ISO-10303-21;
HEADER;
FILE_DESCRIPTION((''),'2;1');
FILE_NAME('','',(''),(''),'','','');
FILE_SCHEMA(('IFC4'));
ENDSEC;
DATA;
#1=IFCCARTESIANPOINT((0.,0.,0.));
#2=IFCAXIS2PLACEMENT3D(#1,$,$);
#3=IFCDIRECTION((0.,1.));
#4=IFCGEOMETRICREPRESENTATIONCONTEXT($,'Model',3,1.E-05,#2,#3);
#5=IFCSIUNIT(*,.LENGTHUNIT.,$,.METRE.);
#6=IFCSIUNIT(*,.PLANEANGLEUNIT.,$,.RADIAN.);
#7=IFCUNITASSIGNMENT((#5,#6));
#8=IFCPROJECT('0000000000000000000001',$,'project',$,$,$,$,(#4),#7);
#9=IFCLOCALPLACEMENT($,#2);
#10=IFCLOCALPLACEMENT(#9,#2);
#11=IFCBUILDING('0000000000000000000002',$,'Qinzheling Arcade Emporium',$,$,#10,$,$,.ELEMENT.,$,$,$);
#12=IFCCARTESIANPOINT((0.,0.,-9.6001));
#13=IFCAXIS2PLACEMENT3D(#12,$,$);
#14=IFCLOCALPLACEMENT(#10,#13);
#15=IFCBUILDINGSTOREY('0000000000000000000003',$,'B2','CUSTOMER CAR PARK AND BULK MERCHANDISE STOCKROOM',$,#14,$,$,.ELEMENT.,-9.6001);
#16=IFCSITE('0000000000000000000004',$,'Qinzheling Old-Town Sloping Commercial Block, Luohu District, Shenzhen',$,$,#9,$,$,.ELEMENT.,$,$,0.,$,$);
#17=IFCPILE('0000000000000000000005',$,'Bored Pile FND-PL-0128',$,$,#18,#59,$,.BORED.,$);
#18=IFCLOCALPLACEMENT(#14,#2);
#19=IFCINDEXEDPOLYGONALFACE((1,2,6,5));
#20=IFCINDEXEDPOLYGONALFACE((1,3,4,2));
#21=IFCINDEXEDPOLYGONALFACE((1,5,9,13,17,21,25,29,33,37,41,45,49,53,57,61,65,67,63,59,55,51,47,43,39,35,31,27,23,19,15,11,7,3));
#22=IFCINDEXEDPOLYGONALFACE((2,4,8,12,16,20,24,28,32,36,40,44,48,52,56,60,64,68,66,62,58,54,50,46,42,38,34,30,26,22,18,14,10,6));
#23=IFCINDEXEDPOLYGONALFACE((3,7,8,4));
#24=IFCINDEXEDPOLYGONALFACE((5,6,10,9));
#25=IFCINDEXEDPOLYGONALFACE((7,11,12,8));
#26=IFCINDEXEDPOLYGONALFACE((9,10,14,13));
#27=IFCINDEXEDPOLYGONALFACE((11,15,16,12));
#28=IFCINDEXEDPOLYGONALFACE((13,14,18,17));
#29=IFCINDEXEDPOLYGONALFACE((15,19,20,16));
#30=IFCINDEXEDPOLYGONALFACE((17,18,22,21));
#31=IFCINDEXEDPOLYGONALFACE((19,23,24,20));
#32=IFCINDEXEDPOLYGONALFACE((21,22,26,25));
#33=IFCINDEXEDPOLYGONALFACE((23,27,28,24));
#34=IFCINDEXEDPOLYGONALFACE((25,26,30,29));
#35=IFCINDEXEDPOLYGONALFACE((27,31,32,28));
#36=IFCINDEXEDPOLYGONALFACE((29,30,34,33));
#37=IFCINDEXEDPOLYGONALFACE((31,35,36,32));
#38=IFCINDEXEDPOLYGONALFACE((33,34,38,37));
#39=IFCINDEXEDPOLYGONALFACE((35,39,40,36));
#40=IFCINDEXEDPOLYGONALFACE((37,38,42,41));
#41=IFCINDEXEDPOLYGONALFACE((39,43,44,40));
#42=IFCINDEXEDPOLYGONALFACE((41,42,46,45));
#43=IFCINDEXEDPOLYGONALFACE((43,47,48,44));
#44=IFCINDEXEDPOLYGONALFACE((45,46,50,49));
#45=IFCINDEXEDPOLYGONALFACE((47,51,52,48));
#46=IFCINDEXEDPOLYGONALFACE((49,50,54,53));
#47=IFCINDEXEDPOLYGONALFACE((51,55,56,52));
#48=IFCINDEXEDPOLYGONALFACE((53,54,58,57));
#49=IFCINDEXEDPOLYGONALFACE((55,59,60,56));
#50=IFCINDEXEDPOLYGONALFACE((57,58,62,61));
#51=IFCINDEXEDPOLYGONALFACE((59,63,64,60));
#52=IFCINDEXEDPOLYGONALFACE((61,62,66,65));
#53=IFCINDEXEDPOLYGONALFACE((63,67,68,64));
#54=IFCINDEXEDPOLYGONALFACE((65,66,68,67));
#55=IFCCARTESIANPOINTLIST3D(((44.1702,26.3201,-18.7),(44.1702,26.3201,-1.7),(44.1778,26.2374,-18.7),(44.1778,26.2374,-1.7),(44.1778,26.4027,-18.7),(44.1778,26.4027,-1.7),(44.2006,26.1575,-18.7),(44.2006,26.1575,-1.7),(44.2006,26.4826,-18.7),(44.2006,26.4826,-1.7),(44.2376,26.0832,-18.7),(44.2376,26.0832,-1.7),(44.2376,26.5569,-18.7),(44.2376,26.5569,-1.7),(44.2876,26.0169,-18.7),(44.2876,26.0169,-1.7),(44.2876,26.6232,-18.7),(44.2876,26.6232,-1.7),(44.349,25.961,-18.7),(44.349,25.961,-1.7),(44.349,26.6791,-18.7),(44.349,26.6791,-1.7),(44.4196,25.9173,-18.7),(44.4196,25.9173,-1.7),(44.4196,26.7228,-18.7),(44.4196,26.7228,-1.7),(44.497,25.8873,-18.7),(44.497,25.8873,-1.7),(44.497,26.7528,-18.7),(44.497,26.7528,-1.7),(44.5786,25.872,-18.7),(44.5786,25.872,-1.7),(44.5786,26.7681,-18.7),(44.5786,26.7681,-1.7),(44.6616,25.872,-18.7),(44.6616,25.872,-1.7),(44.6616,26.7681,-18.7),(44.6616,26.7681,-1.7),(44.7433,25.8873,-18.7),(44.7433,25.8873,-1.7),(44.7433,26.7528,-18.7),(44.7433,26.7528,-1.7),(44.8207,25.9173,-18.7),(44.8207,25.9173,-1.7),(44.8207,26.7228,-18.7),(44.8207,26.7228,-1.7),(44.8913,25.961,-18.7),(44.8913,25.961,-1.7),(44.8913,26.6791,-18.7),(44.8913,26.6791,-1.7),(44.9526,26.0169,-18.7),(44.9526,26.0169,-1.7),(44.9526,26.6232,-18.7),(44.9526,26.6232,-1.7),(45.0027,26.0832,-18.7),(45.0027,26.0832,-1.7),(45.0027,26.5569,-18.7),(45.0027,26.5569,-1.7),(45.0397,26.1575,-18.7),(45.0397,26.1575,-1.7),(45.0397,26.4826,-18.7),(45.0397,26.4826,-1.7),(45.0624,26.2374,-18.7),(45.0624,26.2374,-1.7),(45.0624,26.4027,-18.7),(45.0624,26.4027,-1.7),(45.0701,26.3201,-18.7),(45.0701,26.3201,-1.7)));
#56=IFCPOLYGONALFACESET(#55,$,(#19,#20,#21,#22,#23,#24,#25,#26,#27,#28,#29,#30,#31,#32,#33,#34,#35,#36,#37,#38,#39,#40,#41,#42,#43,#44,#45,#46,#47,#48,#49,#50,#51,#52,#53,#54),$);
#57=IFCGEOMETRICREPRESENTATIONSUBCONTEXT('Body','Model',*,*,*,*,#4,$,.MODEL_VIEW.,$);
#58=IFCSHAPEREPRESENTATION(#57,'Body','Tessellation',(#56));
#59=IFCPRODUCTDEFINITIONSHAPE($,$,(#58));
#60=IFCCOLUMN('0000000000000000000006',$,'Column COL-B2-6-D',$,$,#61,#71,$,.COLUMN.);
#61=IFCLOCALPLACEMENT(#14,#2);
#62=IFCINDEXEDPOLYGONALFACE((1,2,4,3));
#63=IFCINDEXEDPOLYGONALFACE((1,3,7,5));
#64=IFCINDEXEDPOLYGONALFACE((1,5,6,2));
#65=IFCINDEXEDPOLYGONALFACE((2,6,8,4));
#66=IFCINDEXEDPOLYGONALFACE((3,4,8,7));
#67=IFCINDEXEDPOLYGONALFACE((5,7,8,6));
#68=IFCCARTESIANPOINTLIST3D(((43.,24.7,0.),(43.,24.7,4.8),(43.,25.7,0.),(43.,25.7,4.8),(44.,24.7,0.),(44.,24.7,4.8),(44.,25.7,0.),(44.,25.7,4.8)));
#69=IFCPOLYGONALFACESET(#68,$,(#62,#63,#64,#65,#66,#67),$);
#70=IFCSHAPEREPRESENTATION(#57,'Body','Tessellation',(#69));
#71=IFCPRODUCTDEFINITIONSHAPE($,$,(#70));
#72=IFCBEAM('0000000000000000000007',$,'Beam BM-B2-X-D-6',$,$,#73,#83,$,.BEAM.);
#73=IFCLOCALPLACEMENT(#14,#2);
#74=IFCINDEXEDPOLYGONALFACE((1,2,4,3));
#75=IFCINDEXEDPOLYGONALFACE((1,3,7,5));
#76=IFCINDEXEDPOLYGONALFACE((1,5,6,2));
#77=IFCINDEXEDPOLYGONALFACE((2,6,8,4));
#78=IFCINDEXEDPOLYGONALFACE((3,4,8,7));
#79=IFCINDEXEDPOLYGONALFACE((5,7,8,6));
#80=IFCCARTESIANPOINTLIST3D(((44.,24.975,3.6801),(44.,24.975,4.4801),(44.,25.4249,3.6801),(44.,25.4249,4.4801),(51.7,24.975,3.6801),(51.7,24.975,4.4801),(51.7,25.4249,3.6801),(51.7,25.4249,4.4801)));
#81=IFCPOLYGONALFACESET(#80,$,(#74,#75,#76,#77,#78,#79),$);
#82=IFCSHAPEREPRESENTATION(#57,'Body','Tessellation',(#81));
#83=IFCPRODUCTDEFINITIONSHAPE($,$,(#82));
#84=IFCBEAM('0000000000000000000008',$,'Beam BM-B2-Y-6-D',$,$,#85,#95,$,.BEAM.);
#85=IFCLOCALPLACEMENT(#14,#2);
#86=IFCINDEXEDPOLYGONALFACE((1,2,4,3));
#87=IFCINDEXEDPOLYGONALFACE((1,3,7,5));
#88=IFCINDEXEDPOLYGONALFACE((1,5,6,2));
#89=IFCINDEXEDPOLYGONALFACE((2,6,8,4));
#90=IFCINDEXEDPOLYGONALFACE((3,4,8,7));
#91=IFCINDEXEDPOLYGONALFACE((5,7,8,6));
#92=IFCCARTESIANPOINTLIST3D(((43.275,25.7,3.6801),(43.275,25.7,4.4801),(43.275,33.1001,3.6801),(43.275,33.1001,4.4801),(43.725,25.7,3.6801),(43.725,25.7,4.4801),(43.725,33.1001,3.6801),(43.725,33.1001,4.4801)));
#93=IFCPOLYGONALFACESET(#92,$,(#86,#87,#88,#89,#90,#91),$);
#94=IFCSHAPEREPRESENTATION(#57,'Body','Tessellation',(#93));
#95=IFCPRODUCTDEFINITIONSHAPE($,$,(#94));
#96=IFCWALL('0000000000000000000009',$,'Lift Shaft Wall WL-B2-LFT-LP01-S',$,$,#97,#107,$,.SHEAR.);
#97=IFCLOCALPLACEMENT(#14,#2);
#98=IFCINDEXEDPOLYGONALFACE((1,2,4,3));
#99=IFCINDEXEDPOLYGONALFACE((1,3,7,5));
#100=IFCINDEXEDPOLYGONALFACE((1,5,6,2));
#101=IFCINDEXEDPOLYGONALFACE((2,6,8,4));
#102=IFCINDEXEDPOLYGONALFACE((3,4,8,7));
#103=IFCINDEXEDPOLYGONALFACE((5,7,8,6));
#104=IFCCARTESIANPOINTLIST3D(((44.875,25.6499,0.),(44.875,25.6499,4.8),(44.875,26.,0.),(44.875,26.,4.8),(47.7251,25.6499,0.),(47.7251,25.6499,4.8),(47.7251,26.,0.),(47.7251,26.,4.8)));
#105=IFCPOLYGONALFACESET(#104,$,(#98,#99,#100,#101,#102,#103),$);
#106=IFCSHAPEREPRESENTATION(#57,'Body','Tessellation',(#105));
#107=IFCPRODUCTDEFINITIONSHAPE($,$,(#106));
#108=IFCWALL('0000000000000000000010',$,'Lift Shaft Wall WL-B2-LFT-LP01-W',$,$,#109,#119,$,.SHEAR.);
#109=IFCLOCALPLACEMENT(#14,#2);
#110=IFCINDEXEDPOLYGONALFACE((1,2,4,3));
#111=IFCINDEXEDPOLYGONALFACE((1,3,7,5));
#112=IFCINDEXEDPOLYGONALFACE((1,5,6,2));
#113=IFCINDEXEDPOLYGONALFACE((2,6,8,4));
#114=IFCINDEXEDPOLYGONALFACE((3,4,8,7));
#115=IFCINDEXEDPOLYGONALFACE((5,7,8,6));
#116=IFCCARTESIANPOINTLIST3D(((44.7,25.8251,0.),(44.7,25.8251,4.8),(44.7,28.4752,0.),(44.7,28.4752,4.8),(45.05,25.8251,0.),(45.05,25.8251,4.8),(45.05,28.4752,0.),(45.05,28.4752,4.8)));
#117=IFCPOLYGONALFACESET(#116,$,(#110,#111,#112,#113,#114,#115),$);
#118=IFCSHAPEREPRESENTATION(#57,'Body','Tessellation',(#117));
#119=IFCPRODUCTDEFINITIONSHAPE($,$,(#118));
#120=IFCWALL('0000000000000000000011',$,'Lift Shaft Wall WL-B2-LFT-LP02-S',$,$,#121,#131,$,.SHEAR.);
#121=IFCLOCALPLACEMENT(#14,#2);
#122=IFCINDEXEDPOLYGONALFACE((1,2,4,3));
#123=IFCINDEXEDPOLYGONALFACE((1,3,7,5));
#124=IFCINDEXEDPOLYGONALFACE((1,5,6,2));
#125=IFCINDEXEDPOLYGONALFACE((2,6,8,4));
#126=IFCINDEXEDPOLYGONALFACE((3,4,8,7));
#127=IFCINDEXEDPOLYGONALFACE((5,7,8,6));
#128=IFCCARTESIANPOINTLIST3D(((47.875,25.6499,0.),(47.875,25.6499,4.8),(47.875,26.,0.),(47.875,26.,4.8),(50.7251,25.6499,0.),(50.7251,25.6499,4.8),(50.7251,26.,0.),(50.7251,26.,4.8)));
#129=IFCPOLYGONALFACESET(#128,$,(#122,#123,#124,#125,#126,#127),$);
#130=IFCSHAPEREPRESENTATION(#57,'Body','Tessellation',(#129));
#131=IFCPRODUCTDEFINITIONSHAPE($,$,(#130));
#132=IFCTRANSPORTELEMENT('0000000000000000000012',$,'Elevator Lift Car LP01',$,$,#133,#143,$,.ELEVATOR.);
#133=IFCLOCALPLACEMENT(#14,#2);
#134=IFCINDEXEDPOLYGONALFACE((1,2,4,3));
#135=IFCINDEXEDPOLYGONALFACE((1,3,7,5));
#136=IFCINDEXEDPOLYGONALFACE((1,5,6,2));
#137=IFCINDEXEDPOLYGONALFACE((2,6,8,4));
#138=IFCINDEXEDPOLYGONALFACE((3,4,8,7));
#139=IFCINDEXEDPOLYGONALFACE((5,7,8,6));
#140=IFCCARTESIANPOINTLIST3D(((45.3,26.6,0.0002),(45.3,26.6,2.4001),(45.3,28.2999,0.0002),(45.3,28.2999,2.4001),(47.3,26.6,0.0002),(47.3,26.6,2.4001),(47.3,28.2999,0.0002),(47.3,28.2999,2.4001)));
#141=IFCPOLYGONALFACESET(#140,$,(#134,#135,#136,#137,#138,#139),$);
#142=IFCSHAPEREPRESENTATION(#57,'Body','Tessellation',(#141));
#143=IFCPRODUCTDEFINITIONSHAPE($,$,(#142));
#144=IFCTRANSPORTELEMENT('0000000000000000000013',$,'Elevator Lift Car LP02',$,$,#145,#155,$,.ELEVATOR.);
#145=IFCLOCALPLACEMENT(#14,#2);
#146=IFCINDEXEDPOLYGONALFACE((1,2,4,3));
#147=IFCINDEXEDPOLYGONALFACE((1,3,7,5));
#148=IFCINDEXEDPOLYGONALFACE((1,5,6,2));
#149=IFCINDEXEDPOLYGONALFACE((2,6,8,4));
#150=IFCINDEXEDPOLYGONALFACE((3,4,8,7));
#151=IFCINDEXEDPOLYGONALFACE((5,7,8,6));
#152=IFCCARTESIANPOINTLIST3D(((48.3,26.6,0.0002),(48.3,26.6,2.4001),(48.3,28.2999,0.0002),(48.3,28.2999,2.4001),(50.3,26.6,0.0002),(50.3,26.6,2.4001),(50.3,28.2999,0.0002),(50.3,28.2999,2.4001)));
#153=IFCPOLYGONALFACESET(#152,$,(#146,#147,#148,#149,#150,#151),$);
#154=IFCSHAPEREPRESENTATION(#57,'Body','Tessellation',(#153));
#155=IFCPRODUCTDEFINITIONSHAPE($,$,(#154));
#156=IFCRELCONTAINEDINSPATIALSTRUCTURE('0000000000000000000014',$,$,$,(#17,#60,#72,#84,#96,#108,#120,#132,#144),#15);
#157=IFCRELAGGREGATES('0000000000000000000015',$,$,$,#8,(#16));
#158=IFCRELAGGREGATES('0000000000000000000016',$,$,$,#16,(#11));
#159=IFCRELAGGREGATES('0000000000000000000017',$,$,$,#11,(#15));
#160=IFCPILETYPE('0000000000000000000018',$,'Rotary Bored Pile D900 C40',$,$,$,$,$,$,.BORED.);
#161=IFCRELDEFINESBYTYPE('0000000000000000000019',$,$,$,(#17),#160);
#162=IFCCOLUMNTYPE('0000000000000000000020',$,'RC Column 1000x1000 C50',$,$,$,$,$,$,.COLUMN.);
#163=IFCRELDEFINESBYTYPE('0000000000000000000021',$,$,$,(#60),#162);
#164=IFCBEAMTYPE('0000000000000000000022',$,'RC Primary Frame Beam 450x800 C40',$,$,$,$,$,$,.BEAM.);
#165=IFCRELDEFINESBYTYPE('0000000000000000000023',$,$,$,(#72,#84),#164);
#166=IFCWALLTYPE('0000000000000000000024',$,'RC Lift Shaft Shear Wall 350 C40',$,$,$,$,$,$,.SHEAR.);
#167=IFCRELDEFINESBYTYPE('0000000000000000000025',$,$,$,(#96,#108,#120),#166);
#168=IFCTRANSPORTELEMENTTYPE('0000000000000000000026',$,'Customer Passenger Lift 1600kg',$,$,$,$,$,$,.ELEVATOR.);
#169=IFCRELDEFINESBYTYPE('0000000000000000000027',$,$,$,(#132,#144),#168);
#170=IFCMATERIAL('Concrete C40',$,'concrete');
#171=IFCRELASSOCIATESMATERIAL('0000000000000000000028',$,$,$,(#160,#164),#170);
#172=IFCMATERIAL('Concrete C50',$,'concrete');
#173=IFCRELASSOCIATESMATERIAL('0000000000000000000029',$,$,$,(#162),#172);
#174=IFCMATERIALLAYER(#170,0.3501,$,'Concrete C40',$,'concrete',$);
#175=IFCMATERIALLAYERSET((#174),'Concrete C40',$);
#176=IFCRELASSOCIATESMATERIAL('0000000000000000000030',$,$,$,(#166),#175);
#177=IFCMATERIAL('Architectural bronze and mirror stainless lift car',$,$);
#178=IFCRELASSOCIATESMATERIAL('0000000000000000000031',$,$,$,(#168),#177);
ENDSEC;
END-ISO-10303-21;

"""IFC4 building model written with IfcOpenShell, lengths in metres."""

from ifc_helpers import new_model, si_unit, direction, frame, frame_2d, origin, origin_2d, place, context, subcontext, project, spatial, rectangle, circle, extrude, material, layer, layer_set, material_profile, profile_set, type_object, element, save


model = new_model("IFC4")

# Units and contexts
model_context = context("Model", 3, precision=1e-05, world=origin(), true_north=direction((0.0, 1.0)))
body_context = subcontext(model_context, "Body", "Model", "MODEL_VIEW")
ifc_project = project(units=[si_unit("LENGTHUNIT", "METRE"), si_unit("PLANEANGLEUNIT", "RADIAN")], contexts=[model_context])

# Site, building, storey
site_placement = place(None, origin())
site = spatial("IfcSite", under=ifc_project, at=site_placement, Name="Qinzheling Old-Town Sloping Commercial Block, Luohu District, Shenzhen", CompositionType="ELEMENT", RefElevation=0.0)
building_placement = place(site_placement, origin())
building = spatial("IfcBuilding", under=site, at=building_placement, Name="Qinzheling Arcade Emporium", CompositionType="ELEMENT")
storey_placement = place(building_placement, frame((0.0, 0.0, -9.6001)))
storey = spatial("IfcBuildingStorey", under=building, at=storey_placement, Name="B2", Description="CUSTOMER CAR PARK AND BULK MERCHANDISE STOCKROOM", CompositionType="ELEMENT", Elevation=-9.6001)

# Shared definitions
ifc_material_1 = material(Name="Concrete C40", Category="concrete")

# Pile
ifc_material_profile_1 = material_profile(ifc_material_1, circle(Radius=0.45, at=origin_2d()), Name="BORED D900", Category="concrete")
ifc_profile_set_1 = profile_set([ifc_material_profile_1], Name="Concrete C40")
pile_type = type_object("IfcPileType", Name="Rotary Bored Pile D900 C40", PredefinedType="BORED", material=ifc_profile_set_1)
for number, where, z_axis, x_axis, name in (
    (1, (44.6201, 26.3201, -1.7), (0.0, 0.0, -1.0), (1.0, 0.0, 0.0), "Bored Pile FND-PL-0128"),
):
    element("IfcPile", number, at=place(storey_placement, frame(where, z_axis=z_axis, x_axis=x_axis)), inside=storey, type_object=pile_type, Name=name, PredefinedType="BORED", context=body_context, shape_type="SweptSolid", body=[
        extrude(circle(Radius=0.45, at=origin_2d()), origin(), (0.0, 0.0, 1.0), 17.0),
    ])

# Column
ifc_material_2 = material(Name="Concrete C50", Category="concrete")
ifc_material_profile_2 = material_profile(ifc_material_2, rectangle(XDim=1.0, YDim=1.0, at=origin_2d()), Name="RC 1000x1000", Category="concrete")
ifc_profile_set_2 = profile_set([ifc_material_profile_2], Name="Concrete C50")
column_type = type_object("IfcColumnType", Name="RC Column 1000x1000 C50", PredefinedType="COLUMN", material=ifc_profile_set_2)
column_placement = place(storey_placement, frame((43.5, 25.2, 0.0), z_axis=(0.0, 0.0, 1.0), x_axis=(1.0, 0.0, 0.0)))
element("IfcColumn", 2, at=column_placement, inside=storey, type_object=column_type, Name="Column COL-B2-6-D", PredefinedType="COLUMN", context=body_context, shape_type="SweptSolid", body=[
    extrude(rectangle(XDim=1.0, YDim=1.0, at=origin_2d()), origin(), (0.0, 0.0, 1.0), 4.8),
])

# Beams
ifc_material_profile_3 = material_profile(ifc_material_1, rectangle(XDim=0.45, YDim=0.8, at=origin_2d()), Name="RC 450x800", Category="concrete")
ifc_profile_set_3 = profile_set([ifc_material_profile_3], Name="Concrete C40")
beam_type = type_object("IfcBeamType", Name="RC Primary Frame Beam 450x800 C40", PredefinedType="BEAM", material=ifc_profile_set_3)
beam_1_placement = place(storey_placement, frame((44.0, 25.2, 4.0801), z_axis=(1.0, 0.0, 0.0), x_axis=(0.0, 1.0, 0.0)))
element("IfcBeam", 3, at=beam_1_placement, inside=storey, type_object=beam_type, Name="Beam BM-B2-X-D-6", PredefinedType="BEAM", context=body_context, shape_type="SweptSolid", body=[
    extrude(rectangle(XDim=0.45, YDim=0.8, at=origin_2d()), origin(), (0.0, 0.0, 1.0), 7.7),
])
beam_2_placement = place(storey_placement, frame((43.5, 25.7, 4.0801), z_axis=(0.0, 1.0, 0.0), x_axis=(-1.0, 0.0, 0.0)))
element("IfcBeam", 4, at=beam_2_placement, inside=storey, type_object=beam_type, Name="Beam BM-B2-Y-6-D", PredefinedType="BEAM", context=body_context, shape_type="SweptSolid", body=[
    extrude(rectangle(XDim=0.45, YDim=0.8, at=origin_2d()), origin(), (0.0, 0.0, 1.0), 7.4001),
])

# Walls
ifc_layer = layer(ifc_material_1, 0.3501, Name="Concrete C40", Category="concrete")
ifc_layer_set = layer_set([ifc_layer], Name="Concrete C40")
wall_type = type_object("IfcWallType", Name="RC Lift Shaft Shear Wall 350 C40", PredefinedType="SHEAR", material=ifc_layer_set)
wall_1_placement = place(storey_placement, frame((47.7251, 25.825, 0.0), z_axis=(0.0, 0.0, 1.0), x_axis=(-1.0, 0.0, 0.0)))
element("IfcWall", 5, at=wall_1_placement, inside=storey, type_object=wall_type, Name="Lift Shaft Wall WL-B2-LFT-LP01-S", PredefinedType="SHEAR", context=body_context, shape_type="SweptSolid", body=[
    extrude(rectangle(XDim=2.8501, YDim=0.3501, at=frame_2d((1.425, 0.0))), origin(), (0.0, 0.0, 1.0), 4.8),
])
wall_2_placement = place(storey_placement, frame((44.875, 25.825, 0.0), z_axis=(0.0, 0.0, 1.0), x_axis=(0.0, 1.0, 0.0)))
element("IfcWall", 6, at=wall_2_placement, inside=storey, type_object=wall_type, Name="Lift Shaft Wall WL-B2-LFT-LP01-W", PredefinedType="SHEAR", context=body_context, shape_type="SweptSolid", body=[
    extrude(rectangle(XDim=2.6501, YDim=0.3501, at=frame_2d((1.3252, 0.0))), origin(), (0.0, 0.0, 1.0), 4.8),
])
wall_3_placement = place(storey_placement, frame((50.7251, 25.825, 0.0), z_axis=(0.0, 0.0, 1.0), x_axis=(-1.0, 0.0, 0.0)))
element("IfcWall", 7, at=wall_3_placement, inside=storey, type_object=wall_type, Name="Lift Shaft Wall WL-B2-LFT-LP02-S", PredefinedType="SHEAR", context=body_context, shape_type="SweptSolid", body=[
    extrude(rectangle(XDim=2.8501, YDim=0.3501, at=frame_2d((1.425, 0.0))), origin(), (0.0, 0.0, 1.0), 4.8),
])

# Transport elements
ifc_material_3 = material(Name="Architectural bronze and mirror stainless lift car")
transport_element_type = type_object("IfcTransportElementType", Name="Customer Passenger Lift 1600kg", PredefinedType="ELEVATOR", material=ifc_material_3)
for number, where, z_axis, x_axis, name in (
    (8, (46.3, 27.45, 0.0002), (0.0, 0.0, 1.0), (1.0, 0.0, 0.0), "Elevator Lift Car LP01"),
    (9, (49.3, 27.45, 0.0002), (0.0, 0.0, 1.0), (1.0, 0.0, 0.0), "Elevator Lift Car LP02"),
):
    element("IfcTransportElement", number, at=place(storey_placement, frame(where, z_axis=z_axis, x_axis=x_axis)), inside=storey, type_object=transport_element_type, Name=name, PredefinedType="ELEVATOR", context=body_context, shape_type="SweptSolid", body=[
        extrude(rectangle(XDim=2.0, YDim=1.7, at=origin_2d()), origin(), (0.0, 0.0, 1.0), 2.3999),
    ])

save(model, "model.ifc")
